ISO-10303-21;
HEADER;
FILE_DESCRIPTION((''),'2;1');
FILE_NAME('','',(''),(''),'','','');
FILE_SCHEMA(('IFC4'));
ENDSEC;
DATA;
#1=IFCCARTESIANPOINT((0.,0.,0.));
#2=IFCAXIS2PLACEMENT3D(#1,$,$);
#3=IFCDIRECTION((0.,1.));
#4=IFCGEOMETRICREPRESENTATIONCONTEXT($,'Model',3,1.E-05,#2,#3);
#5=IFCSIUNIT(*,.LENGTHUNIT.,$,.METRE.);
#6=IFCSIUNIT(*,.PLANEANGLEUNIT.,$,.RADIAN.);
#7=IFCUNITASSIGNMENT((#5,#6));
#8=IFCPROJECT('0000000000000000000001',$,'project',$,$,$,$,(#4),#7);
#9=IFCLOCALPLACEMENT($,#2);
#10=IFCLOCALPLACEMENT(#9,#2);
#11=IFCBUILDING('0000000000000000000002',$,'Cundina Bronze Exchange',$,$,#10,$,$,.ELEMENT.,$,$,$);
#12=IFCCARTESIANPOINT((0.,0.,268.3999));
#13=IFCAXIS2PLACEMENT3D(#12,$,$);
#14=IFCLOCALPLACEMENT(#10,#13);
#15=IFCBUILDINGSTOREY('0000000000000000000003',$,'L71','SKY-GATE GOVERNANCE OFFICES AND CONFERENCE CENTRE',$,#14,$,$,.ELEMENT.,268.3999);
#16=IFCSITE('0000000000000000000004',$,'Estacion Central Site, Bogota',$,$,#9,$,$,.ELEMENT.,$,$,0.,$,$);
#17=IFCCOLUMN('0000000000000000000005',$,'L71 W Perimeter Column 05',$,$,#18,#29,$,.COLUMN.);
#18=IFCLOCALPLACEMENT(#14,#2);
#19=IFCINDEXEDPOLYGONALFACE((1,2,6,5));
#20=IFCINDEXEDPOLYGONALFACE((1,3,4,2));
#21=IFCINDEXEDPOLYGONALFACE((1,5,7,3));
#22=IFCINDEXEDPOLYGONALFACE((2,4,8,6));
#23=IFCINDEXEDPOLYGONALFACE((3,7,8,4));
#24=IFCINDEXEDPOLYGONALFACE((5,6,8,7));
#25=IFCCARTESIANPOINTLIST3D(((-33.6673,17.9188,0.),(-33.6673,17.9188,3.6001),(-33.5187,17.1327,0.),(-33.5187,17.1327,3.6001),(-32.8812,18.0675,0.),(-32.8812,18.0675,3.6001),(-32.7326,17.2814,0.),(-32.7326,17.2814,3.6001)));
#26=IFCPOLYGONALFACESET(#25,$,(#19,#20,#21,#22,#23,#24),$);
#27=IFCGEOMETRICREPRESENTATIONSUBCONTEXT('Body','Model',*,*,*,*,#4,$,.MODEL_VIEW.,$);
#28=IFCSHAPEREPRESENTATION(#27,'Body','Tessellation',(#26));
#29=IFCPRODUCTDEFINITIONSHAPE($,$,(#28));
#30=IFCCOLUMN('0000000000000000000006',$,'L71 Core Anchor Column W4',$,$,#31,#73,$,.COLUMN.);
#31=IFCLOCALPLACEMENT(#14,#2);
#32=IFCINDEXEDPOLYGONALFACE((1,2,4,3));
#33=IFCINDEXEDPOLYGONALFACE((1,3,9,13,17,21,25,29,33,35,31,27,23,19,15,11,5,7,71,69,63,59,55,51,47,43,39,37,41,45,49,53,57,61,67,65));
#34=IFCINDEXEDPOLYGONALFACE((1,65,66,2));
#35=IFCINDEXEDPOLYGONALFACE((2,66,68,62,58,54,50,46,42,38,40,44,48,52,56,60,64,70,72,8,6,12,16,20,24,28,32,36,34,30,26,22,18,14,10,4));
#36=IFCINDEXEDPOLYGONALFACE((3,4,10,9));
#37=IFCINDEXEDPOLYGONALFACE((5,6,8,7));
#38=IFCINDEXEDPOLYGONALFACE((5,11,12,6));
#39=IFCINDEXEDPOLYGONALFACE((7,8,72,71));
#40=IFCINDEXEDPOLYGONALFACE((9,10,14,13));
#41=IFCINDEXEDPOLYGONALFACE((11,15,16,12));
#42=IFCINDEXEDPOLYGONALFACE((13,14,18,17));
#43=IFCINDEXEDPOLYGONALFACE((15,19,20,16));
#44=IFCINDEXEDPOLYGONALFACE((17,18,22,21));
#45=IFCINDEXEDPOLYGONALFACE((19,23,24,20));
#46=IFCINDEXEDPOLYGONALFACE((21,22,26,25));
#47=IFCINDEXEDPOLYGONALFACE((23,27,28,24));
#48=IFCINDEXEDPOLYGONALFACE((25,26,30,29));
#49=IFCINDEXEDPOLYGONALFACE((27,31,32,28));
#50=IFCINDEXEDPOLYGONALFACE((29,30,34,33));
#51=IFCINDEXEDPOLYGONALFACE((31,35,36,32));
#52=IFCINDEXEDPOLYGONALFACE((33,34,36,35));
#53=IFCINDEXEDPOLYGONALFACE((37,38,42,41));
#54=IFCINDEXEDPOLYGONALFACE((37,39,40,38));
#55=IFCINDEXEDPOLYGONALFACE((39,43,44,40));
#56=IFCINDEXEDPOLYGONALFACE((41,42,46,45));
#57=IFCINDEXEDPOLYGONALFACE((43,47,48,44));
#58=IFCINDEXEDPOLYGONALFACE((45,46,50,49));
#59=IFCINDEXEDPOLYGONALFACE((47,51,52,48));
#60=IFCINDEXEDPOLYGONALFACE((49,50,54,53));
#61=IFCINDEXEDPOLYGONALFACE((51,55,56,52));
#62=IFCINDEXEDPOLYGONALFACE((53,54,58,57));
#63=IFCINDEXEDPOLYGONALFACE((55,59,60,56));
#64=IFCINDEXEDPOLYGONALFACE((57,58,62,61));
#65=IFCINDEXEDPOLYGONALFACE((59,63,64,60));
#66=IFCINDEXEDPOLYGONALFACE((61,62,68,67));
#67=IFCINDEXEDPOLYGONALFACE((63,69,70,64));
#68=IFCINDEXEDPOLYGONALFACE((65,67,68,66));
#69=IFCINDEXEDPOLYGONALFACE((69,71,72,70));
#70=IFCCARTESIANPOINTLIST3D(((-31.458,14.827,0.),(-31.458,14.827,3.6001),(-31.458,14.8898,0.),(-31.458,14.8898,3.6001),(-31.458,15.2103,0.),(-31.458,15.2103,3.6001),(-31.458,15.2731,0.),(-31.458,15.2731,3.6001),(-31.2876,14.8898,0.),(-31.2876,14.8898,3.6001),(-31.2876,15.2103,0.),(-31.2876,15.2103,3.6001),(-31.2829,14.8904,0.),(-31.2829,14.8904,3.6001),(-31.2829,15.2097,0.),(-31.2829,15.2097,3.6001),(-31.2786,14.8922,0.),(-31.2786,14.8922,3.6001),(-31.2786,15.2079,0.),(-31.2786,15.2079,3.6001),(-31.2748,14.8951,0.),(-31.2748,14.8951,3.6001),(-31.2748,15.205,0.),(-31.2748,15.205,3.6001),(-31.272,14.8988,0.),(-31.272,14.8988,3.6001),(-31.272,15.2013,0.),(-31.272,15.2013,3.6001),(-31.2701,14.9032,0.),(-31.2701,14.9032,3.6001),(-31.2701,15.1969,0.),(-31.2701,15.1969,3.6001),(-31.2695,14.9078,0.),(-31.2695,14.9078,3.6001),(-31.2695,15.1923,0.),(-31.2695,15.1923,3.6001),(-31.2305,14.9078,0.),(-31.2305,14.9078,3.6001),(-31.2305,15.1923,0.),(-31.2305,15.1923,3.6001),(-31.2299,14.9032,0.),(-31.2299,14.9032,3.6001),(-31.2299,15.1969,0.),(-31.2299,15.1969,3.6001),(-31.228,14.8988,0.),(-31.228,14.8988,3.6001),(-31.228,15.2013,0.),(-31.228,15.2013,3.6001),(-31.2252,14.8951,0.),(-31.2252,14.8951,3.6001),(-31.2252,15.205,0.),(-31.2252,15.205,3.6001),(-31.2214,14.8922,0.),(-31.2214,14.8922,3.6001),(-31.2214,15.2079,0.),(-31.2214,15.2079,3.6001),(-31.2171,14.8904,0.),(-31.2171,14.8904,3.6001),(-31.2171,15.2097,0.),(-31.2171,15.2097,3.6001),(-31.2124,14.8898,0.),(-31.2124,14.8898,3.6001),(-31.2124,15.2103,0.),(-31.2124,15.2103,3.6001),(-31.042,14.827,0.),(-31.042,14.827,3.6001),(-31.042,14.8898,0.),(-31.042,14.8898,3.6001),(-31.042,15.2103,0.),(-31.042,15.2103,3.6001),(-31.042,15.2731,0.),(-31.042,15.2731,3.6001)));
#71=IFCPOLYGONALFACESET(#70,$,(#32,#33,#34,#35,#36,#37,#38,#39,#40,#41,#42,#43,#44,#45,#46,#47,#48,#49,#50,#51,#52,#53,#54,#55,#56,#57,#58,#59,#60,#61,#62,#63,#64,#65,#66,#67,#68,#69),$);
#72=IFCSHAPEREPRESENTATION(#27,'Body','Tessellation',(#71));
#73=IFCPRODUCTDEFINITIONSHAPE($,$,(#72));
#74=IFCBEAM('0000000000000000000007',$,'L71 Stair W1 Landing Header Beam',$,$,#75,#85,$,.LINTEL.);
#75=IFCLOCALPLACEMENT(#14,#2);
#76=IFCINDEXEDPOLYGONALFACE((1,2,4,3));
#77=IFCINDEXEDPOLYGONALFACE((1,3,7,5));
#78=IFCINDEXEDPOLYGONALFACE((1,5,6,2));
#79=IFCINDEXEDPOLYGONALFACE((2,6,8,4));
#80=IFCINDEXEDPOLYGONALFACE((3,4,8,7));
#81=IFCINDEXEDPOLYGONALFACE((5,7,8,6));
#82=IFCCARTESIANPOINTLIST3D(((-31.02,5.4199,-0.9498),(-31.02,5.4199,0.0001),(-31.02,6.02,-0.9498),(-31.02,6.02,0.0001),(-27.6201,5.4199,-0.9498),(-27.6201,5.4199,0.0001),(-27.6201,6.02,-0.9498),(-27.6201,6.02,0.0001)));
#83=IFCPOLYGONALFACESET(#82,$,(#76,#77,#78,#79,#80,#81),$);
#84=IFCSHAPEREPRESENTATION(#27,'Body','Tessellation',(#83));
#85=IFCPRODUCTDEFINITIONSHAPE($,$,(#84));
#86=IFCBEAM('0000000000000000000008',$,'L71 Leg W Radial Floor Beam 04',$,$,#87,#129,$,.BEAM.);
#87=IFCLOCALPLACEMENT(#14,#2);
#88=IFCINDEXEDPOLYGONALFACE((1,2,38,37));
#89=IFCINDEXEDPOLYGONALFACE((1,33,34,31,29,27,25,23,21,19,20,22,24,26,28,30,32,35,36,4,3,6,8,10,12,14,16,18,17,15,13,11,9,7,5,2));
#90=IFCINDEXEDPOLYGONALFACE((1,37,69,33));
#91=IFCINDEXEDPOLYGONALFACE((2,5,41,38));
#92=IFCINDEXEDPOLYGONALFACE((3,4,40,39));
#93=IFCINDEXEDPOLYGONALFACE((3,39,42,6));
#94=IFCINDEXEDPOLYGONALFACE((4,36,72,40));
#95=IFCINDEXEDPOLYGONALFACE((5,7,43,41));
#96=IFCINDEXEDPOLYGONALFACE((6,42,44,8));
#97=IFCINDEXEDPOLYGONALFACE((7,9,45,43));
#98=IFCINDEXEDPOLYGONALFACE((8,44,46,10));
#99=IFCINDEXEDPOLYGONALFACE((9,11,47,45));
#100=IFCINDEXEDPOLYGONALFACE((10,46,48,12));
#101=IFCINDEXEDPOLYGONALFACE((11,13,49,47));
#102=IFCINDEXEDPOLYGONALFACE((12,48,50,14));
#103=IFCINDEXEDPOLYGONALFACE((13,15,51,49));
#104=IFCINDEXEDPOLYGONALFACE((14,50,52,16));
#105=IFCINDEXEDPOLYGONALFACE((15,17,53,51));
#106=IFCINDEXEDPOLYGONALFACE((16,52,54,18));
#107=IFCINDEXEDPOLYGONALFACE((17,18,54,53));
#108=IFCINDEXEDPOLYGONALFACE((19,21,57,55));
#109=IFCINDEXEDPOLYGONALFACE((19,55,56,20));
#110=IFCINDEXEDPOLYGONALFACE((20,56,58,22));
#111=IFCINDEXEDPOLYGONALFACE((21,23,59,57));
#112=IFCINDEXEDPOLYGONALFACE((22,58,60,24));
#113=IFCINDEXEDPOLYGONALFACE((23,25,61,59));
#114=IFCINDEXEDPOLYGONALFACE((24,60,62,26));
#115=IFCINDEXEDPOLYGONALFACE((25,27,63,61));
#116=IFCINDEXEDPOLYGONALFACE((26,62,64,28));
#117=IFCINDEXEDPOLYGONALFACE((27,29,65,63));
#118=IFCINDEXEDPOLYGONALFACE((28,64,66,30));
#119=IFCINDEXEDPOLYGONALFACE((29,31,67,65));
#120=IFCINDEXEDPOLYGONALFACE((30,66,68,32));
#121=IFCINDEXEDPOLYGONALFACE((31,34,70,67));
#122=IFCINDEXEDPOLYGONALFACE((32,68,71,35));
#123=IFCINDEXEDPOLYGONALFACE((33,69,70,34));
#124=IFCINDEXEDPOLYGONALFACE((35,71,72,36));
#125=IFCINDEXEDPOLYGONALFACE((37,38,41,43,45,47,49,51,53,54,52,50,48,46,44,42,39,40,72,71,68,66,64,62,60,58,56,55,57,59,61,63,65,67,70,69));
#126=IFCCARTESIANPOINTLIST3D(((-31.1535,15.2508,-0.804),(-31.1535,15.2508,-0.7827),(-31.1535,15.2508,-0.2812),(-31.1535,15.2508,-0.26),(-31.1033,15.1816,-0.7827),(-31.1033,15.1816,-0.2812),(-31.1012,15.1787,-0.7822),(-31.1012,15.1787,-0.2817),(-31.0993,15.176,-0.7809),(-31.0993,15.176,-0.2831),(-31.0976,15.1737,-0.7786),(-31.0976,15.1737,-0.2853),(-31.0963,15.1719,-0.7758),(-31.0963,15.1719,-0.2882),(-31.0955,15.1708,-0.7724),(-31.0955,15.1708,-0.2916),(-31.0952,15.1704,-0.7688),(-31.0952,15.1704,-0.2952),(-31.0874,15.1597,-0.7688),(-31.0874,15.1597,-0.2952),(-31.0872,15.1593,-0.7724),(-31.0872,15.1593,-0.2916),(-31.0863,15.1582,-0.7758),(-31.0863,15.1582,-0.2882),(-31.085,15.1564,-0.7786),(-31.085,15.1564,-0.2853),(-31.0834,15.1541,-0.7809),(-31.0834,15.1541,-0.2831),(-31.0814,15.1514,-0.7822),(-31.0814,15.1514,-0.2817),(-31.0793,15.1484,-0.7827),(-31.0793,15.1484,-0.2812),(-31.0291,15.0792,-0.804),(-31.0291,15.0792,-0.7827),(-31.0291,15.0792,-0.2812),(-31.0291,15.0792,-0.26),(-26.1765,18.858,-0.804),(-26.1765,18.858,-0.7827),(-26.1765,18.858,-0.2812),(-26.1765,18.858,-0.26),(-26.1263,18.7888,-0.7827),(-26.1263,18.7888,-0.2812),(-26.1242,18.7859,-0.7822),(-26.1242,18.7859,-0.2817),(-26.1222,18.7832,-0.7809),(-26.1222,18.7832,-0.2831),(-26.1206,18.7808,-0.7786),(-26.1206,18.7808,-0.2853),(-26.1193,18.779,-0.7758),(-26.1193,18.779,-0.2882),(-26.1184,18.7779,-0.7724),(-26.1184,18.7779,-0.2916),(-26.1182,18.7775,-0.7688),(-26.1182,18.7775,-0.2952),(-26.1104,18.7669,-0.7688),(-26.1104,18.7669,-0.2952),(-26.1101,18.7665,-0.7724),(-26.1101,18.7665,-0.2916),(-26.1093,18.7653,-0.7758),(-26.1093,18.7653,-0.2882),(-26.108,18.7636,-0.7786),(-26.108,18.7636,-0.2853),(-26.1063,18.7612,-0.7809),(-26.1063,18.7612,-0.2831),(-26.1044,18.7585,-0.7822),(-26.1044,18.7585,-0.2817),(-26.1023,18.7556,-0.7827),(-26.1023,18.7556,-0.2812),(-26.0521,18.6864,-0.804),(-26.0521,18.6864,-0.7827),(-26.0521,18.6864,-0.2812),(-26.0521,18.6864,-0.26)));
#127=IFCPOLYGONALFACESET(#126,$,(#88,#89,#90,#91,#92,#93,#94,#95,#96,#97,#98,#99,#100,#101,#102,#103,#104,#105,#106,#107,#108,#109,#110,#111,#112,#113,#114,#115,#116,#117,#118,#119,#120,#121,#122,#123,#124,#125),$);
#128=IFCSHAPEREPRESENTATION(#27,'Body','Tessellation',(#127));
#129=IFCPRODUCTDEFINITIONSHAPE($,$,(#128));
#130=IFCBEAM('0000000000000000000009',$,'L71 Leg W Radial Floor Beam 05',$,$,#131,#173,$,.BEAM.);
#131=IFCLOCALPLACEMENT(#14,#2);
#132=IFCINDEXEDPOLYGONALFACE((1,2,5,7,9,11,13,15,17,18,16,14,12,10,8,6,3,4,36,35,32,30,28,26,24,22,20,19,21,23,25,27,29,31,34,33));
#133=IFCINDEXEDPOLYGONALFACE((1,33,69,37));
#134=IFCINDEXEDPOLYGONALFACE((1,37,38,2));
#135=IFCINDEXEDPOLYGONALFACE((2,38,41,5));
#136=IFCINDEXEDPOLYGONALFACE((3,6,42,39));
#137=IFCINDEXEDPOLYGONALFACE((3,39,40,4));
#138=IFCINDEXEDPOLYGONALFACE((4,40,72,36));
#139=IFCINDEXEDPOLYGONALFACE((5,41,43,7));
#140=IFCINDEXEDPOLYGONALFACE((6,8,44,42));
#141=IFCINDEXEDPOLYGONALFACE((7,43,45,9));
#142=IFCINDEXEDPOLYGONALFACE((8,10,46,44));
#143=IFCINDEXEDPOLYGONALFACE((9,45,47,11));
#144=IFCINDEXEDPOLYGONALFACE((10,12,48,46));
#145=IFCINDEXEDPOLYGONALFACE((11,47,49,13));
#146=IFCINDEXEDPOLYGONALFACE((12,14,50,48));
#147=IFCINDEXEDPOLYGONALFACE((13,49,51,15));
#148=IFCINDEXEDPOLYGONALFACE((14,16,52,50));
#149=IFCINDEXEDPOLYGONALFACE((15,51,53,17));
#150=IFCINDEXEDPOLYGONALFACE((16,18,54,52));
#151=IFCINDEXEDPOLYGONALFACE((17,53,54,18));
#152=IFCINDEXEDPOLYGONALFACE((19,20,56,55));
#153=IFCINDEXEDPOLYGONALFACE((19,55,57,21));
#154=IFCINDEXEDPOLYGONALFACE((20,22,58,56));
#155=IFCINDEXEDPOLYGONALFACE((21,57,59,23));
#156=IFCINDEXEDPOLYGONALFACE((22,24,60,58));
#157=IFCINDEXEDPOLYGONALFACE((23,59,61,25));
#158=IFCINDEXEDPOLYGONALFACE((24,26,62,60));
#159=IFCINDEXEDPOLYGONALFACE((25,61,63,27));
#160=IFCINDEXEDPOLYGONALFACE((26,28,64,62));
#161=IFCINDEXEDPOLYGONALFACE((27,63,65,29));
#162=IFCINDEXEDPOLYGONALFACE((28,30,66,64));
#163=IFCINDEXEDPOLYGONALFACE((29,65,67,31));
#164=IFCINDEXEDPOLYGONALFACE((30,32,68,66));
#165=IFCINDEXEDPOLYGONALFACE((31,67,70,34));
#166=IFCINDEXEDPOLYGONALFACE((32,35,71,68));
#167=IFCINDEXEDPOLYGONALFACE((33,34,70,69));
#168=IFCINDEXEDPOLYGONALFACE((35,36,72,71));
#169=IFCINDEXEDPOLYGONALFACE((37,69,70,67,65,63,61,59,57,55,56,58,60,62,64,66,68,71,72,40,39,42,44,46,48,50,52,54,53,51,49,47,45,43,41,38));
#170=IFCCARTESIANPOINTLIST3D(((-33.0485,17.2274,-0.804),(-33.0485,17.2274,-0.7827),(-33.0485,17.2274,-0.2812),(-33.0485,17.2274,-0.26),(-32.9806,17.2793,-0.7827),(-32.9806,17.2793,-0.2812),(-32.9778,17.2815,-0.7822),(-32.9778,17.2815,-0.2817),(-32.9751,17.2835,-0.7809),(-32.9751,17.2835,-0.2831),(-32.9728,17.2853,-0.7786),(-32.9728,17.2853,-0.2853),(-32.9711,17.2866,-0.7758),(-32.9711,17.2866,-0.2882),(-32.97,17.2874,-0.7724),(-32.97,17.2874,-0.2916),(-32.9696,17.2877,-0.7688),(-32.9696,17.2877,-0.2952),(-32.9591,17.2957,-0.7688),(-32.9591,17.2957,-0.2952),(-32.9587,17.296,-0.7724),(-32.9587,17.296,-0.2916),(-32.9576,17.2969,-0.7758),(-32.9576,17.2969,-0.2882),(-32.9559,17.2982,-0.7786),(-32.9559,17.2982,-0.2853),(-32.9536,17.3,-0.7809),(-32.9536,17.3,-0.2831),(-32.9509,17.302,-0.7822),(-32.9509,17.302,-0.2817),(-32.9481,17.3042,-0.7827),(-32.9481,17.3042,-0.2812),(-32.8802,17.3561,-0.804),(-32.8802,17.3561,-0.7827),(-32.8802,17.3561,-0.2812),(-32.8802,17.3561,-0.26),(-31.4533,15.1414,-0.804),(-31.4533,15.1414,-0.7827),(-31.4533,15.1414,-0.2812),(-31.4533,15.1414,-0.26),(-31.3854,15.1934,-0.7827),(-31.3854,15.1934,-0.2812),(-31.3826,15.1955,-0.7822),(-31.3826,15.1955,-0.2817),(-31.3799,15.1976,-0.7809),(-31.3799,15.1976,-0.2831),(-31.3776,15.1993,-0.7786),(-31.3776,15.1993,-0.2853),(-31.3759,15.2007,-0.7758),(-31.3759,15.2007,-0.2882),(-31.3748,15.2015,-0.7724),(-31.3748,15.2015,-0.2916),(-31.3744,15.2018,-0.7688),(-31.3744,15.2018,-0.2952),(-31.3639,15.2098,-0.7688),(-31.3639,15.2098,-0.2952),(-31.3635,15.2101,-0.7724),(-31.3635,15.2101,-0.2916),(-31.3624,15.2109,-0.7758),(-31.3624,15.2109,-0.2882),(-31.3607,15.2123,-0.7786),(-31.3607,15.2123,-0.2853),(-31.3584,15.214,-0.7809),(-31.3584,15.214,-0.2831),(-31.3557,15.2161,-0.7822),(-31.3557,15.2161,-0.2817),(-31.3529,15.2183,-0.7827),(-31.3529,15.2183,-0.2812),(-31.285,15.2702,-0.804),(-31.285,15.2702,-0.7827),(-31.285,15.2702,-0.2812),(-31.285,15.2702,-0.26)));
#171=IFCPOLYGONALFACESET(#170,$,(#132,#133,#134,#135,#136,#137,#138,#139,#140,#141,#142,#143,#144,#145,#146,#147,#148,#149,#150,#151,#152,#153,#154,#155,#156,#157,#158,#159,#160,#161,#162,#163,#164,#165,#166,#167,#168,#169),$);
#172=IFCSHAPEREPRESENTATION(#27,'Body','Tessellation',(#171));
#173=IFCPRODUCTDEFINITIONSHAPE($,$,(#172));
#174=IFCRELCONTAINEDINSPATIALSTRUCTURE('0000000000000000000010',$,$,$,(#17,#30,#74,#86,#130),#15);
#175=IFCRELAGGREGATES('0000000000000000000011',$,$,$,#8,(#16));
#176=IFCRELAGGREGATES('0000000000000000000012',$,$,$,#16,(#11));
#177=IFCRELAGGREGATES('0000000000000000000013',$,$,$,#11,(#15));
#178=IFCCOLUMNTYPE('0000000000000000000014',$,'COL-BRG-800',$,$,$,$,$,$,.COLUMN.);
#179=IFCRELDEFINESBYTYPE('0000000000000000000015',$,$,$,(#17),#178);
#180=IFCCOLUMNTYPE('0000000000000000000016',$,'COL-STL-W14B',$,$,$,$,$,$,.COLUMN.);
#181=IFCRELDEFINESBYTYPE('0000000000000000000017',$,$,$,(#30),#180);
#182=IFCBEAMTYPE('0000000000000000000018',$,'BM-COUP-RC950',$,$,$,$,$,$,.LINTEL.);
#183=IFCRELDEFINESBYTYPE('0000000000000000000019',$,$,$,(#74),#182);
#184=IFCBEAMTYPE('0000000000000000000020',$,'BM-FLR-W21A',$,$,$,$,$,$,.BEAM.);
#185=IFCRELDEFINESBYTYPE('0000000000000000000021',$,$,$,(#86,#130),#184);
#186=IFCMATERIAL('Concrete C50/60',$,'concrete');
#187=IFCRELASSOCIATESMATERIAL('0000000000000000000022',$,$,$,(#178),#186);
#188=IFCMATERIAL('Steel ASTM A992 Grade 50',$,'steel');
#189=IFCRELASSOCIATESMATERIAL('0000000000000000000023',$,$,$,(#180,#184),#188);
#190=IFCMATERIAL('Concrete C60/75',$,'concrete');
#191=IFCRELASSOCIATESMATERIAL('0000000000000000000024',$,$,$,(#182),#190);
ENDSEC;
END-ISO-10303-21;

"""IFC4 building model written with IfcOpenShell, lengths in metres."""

from ifc_helpers import new_model, si_unit, direction, frame, origin, origin_2d, place, context, subcontext, project, spatial, rectangle, i_section, extrude, material, material_profile, profile_set, type_object, element, save


model = new_model("IFC4")

# Units and contexts
model_context = context("Model", 3, precision=1e-05, world=origin(), true_north=direction((0.0, 1.0)))
body_context = subcontext(model_context, "Body", "Model", "MODEL_VIEW")
ifc_project = project(units=[si_unit("LENGTHUNIT", "METRE"), si_unit("PLANEANGLEUNIT", "RADIAN")], contexts=[model_context])

# Site, building, storey
site_placement = place(None, origin())
site = spatial("IfcSite", under=ifc_project, at=site_placement, Name="Estacion Central Site, Bogota", CompositionType="ELEMENT", RefElevation=0.0)
building_placement = place(site_placement, origin())
building = spatial("IfcBuilding", under=site, at=building_placement, Name="Cundina Bronze Exchange", CompositionType="ELEMENT")
storey_placement = place(building_placement, frame((0.0, 0.0, 268.3999)))
storey = spatial("IfcBuildingStorey", under=building, at=storey_placement, Name="L71", Description="SKY-GATE GOVERNANCE OFFICES AND CONFERENCE CENTRE", CompositionType="ELEMENT", Elevation=268.3999)

# Columns
ifc_material_1 = material(Name="Concrete C50/60", Category="concrete")
ifc_material_profile_1 = material_profile(ifc_material_1, rectangle(XDim=0.8, YDim=0.8, at=origin_2d()), Name="RC800X800", Category="concrete")
ifc_profile_set_1 = profile_set([ifc_material_profile_1], Name="Concrete C50/60")
column_type_1 = type_object("IfcColumnType", Name="COL-BRG-800", PredefinedType="COLUMN", material=ifc_profile_set_1)
column_1_placement = place(storey_placement, frame((-33.2, 17.6001, 0.0), z_axis=(0.0, 0.0, 1.0), x_axis=(-0.98258, -0.185838, 0.0)))
element("IfcColumn", 1, at=column_1_placement, inside=storey, type_object=column_type_1, Name="L71 W Perimeter Column 05", PredefinedType="COLUMN", context=body_context, shape_type="SweptSolid", body=[
    extrude(rectangle(XDim=0.8, YDim=0.8, at=origin_2d()), origin(), (0.0, 0.0, 1.0), 3.6001),
])
ifc_material_2 = material(Name="Steel ASTM A992 Grade 50", Category="steel")
ifc_material_profile_2 = material_profile(ifc_material_2, i_section(OverallWidth=0.416, OverallDepth=0.446, WebThickness=0.0391, FlangeThickness=0.0627, FilletRadius=0.0181, at=origin_2d()), Name="W14X342", Category="steel")
ifc_profile_set_2 = profile_set([ifc_material_profile_2], Name="Steel ASTM A992 Grade 50")
column_type_2 = type_object("IfcColumnType", Name="COL-STL-W14B", PredefinedType="COLUMN", material=ifc_profile_set_2)
column_2_placement = place(storey_placement, frame((-31.25, 15.05, 0.0), z_axis=(0.0, 0.0, 1.0), x_axis=(1.0, 0.0, 0.0)))
element("IfcColumn", 2, at=column_2_placement, inside=storey, type_object=column_type_2, Name="L71 Core Anchor Column W4", PredefinedType="COLUMN", context=body_context, shape_type="SweptSolid", body=[
    extrude(i_section(OverallWidth=0.416, OverallDepth=0.446, WebThickness=0.0391, FlangeThickness=0.0627, FilletRadius=0.0181, at=origin_2d()), origin(), (0.0, 0.0, 1.0), 3.6001),
])

# Beams
ifc_material_3 = material(Name="Concrete C60/75", Category="concrete")
ifc_material_profile_3 = material_profile(ifc_material_3, rectangle(XDim=0.6001, YDim=0.95, at=origin_2d()), Name="RC600X950", Category="concrete")
ifc_profile_set_3 = profile_set([ifc_material_profile_3], Name="Concrete C60/75")
beam_type_1 = type_object("IfcBeamType", Name="BM-COUP-RC950", PredefinedType="LINTEL", material=ifc_profile_set_3)
beam_1_placement = place(storey_placement, frame((-31.02, 5.72, -0.4749), z_axis=(1.0, 0.0, 0.0), x_axis=(0.0, 1.0, 0.0)))
element("IfcBeam", 3, at=beam_1_placement, inside=storey, type_object=beam_type_1, Name="L71 Stair W1 Landing Header Beam", PredefinedType="LINTEL", context=body_context, shape_type="SweptSolid", body=[
    extrude(rectangle(XDim=0.6001, YDim=0.95, at=origin_2d()), origin(), (0.0, 0.0, 1.0), 3.3999),
])
ifc_material_profile_4 = material_profile(ifc_material_2, i_section(OverallWidth=0.2119, OverallDepth=0.5439, WebThickness=0.0132, FlangeThickness=0.0212, FilletRadius=0.0139, at=origin_2d()), Name="W21X83", Category="steel")
ifc_profile_set_4 = profile_set([ifc_material_profile_4], Name="Steel ASTM A992 Grade 50")
beam_type_2 = type_object("IfcBeamType", Name="BM-FLR-W21A", PredefinedType="BEAM", material=ifc_profile_set_4)
beam_2_placement = place(storey_placement, frame((-31.0913, 15.165, -0.532), z_axis=(0.809702, 0.586841, 0.0), x_axis=(-0.586841, 0.809702, 0.0)))
element("IfcBeam", 4, at=beam_2_placement, inside=storey, type_object=beam_type_2, Name="L71 Leg W Radial Floor Beam 04", PredefinedType="BEAM", context=body_context, shape_type="SweptSolid", body=[
    extrude(i_section(OverallWidth=0.2119, OverallDepth=0.5439, WebThickness=0.0132, FlangeThickness=0.0212, FilletRadius=0.0139, at=origin_2d()), origin(), (0.0, 0.0, 1.0), 6.1467),
])
beam_3_placement = place(storey_placement, frame((-31.3691, 15.2058, -0.532), z_axis=(-0.607471, 0.794342, 0.0), x_axis=(-0.794342, -0.607471, 0.0)))
element("IfcBeam", 5, at=beam_3_placement, inside=storey, type_object=beam_type_2, Name="L71 Leg W Radial Floor Beam 05", PredefinedType="BEAM", context=body_context, shape_type="SweptSolid", body=[
    extrude(i_section(OverallWidth=0.2119, OverallDepth=0.5439, WebThickness=0.0132, FlangeThickness=0.0212, FilletRadius=0.0139, at=origin_2d()), origin(), (0.0, 0.0, 1.0), 2.626),
])

save(model, "model.ifc")
